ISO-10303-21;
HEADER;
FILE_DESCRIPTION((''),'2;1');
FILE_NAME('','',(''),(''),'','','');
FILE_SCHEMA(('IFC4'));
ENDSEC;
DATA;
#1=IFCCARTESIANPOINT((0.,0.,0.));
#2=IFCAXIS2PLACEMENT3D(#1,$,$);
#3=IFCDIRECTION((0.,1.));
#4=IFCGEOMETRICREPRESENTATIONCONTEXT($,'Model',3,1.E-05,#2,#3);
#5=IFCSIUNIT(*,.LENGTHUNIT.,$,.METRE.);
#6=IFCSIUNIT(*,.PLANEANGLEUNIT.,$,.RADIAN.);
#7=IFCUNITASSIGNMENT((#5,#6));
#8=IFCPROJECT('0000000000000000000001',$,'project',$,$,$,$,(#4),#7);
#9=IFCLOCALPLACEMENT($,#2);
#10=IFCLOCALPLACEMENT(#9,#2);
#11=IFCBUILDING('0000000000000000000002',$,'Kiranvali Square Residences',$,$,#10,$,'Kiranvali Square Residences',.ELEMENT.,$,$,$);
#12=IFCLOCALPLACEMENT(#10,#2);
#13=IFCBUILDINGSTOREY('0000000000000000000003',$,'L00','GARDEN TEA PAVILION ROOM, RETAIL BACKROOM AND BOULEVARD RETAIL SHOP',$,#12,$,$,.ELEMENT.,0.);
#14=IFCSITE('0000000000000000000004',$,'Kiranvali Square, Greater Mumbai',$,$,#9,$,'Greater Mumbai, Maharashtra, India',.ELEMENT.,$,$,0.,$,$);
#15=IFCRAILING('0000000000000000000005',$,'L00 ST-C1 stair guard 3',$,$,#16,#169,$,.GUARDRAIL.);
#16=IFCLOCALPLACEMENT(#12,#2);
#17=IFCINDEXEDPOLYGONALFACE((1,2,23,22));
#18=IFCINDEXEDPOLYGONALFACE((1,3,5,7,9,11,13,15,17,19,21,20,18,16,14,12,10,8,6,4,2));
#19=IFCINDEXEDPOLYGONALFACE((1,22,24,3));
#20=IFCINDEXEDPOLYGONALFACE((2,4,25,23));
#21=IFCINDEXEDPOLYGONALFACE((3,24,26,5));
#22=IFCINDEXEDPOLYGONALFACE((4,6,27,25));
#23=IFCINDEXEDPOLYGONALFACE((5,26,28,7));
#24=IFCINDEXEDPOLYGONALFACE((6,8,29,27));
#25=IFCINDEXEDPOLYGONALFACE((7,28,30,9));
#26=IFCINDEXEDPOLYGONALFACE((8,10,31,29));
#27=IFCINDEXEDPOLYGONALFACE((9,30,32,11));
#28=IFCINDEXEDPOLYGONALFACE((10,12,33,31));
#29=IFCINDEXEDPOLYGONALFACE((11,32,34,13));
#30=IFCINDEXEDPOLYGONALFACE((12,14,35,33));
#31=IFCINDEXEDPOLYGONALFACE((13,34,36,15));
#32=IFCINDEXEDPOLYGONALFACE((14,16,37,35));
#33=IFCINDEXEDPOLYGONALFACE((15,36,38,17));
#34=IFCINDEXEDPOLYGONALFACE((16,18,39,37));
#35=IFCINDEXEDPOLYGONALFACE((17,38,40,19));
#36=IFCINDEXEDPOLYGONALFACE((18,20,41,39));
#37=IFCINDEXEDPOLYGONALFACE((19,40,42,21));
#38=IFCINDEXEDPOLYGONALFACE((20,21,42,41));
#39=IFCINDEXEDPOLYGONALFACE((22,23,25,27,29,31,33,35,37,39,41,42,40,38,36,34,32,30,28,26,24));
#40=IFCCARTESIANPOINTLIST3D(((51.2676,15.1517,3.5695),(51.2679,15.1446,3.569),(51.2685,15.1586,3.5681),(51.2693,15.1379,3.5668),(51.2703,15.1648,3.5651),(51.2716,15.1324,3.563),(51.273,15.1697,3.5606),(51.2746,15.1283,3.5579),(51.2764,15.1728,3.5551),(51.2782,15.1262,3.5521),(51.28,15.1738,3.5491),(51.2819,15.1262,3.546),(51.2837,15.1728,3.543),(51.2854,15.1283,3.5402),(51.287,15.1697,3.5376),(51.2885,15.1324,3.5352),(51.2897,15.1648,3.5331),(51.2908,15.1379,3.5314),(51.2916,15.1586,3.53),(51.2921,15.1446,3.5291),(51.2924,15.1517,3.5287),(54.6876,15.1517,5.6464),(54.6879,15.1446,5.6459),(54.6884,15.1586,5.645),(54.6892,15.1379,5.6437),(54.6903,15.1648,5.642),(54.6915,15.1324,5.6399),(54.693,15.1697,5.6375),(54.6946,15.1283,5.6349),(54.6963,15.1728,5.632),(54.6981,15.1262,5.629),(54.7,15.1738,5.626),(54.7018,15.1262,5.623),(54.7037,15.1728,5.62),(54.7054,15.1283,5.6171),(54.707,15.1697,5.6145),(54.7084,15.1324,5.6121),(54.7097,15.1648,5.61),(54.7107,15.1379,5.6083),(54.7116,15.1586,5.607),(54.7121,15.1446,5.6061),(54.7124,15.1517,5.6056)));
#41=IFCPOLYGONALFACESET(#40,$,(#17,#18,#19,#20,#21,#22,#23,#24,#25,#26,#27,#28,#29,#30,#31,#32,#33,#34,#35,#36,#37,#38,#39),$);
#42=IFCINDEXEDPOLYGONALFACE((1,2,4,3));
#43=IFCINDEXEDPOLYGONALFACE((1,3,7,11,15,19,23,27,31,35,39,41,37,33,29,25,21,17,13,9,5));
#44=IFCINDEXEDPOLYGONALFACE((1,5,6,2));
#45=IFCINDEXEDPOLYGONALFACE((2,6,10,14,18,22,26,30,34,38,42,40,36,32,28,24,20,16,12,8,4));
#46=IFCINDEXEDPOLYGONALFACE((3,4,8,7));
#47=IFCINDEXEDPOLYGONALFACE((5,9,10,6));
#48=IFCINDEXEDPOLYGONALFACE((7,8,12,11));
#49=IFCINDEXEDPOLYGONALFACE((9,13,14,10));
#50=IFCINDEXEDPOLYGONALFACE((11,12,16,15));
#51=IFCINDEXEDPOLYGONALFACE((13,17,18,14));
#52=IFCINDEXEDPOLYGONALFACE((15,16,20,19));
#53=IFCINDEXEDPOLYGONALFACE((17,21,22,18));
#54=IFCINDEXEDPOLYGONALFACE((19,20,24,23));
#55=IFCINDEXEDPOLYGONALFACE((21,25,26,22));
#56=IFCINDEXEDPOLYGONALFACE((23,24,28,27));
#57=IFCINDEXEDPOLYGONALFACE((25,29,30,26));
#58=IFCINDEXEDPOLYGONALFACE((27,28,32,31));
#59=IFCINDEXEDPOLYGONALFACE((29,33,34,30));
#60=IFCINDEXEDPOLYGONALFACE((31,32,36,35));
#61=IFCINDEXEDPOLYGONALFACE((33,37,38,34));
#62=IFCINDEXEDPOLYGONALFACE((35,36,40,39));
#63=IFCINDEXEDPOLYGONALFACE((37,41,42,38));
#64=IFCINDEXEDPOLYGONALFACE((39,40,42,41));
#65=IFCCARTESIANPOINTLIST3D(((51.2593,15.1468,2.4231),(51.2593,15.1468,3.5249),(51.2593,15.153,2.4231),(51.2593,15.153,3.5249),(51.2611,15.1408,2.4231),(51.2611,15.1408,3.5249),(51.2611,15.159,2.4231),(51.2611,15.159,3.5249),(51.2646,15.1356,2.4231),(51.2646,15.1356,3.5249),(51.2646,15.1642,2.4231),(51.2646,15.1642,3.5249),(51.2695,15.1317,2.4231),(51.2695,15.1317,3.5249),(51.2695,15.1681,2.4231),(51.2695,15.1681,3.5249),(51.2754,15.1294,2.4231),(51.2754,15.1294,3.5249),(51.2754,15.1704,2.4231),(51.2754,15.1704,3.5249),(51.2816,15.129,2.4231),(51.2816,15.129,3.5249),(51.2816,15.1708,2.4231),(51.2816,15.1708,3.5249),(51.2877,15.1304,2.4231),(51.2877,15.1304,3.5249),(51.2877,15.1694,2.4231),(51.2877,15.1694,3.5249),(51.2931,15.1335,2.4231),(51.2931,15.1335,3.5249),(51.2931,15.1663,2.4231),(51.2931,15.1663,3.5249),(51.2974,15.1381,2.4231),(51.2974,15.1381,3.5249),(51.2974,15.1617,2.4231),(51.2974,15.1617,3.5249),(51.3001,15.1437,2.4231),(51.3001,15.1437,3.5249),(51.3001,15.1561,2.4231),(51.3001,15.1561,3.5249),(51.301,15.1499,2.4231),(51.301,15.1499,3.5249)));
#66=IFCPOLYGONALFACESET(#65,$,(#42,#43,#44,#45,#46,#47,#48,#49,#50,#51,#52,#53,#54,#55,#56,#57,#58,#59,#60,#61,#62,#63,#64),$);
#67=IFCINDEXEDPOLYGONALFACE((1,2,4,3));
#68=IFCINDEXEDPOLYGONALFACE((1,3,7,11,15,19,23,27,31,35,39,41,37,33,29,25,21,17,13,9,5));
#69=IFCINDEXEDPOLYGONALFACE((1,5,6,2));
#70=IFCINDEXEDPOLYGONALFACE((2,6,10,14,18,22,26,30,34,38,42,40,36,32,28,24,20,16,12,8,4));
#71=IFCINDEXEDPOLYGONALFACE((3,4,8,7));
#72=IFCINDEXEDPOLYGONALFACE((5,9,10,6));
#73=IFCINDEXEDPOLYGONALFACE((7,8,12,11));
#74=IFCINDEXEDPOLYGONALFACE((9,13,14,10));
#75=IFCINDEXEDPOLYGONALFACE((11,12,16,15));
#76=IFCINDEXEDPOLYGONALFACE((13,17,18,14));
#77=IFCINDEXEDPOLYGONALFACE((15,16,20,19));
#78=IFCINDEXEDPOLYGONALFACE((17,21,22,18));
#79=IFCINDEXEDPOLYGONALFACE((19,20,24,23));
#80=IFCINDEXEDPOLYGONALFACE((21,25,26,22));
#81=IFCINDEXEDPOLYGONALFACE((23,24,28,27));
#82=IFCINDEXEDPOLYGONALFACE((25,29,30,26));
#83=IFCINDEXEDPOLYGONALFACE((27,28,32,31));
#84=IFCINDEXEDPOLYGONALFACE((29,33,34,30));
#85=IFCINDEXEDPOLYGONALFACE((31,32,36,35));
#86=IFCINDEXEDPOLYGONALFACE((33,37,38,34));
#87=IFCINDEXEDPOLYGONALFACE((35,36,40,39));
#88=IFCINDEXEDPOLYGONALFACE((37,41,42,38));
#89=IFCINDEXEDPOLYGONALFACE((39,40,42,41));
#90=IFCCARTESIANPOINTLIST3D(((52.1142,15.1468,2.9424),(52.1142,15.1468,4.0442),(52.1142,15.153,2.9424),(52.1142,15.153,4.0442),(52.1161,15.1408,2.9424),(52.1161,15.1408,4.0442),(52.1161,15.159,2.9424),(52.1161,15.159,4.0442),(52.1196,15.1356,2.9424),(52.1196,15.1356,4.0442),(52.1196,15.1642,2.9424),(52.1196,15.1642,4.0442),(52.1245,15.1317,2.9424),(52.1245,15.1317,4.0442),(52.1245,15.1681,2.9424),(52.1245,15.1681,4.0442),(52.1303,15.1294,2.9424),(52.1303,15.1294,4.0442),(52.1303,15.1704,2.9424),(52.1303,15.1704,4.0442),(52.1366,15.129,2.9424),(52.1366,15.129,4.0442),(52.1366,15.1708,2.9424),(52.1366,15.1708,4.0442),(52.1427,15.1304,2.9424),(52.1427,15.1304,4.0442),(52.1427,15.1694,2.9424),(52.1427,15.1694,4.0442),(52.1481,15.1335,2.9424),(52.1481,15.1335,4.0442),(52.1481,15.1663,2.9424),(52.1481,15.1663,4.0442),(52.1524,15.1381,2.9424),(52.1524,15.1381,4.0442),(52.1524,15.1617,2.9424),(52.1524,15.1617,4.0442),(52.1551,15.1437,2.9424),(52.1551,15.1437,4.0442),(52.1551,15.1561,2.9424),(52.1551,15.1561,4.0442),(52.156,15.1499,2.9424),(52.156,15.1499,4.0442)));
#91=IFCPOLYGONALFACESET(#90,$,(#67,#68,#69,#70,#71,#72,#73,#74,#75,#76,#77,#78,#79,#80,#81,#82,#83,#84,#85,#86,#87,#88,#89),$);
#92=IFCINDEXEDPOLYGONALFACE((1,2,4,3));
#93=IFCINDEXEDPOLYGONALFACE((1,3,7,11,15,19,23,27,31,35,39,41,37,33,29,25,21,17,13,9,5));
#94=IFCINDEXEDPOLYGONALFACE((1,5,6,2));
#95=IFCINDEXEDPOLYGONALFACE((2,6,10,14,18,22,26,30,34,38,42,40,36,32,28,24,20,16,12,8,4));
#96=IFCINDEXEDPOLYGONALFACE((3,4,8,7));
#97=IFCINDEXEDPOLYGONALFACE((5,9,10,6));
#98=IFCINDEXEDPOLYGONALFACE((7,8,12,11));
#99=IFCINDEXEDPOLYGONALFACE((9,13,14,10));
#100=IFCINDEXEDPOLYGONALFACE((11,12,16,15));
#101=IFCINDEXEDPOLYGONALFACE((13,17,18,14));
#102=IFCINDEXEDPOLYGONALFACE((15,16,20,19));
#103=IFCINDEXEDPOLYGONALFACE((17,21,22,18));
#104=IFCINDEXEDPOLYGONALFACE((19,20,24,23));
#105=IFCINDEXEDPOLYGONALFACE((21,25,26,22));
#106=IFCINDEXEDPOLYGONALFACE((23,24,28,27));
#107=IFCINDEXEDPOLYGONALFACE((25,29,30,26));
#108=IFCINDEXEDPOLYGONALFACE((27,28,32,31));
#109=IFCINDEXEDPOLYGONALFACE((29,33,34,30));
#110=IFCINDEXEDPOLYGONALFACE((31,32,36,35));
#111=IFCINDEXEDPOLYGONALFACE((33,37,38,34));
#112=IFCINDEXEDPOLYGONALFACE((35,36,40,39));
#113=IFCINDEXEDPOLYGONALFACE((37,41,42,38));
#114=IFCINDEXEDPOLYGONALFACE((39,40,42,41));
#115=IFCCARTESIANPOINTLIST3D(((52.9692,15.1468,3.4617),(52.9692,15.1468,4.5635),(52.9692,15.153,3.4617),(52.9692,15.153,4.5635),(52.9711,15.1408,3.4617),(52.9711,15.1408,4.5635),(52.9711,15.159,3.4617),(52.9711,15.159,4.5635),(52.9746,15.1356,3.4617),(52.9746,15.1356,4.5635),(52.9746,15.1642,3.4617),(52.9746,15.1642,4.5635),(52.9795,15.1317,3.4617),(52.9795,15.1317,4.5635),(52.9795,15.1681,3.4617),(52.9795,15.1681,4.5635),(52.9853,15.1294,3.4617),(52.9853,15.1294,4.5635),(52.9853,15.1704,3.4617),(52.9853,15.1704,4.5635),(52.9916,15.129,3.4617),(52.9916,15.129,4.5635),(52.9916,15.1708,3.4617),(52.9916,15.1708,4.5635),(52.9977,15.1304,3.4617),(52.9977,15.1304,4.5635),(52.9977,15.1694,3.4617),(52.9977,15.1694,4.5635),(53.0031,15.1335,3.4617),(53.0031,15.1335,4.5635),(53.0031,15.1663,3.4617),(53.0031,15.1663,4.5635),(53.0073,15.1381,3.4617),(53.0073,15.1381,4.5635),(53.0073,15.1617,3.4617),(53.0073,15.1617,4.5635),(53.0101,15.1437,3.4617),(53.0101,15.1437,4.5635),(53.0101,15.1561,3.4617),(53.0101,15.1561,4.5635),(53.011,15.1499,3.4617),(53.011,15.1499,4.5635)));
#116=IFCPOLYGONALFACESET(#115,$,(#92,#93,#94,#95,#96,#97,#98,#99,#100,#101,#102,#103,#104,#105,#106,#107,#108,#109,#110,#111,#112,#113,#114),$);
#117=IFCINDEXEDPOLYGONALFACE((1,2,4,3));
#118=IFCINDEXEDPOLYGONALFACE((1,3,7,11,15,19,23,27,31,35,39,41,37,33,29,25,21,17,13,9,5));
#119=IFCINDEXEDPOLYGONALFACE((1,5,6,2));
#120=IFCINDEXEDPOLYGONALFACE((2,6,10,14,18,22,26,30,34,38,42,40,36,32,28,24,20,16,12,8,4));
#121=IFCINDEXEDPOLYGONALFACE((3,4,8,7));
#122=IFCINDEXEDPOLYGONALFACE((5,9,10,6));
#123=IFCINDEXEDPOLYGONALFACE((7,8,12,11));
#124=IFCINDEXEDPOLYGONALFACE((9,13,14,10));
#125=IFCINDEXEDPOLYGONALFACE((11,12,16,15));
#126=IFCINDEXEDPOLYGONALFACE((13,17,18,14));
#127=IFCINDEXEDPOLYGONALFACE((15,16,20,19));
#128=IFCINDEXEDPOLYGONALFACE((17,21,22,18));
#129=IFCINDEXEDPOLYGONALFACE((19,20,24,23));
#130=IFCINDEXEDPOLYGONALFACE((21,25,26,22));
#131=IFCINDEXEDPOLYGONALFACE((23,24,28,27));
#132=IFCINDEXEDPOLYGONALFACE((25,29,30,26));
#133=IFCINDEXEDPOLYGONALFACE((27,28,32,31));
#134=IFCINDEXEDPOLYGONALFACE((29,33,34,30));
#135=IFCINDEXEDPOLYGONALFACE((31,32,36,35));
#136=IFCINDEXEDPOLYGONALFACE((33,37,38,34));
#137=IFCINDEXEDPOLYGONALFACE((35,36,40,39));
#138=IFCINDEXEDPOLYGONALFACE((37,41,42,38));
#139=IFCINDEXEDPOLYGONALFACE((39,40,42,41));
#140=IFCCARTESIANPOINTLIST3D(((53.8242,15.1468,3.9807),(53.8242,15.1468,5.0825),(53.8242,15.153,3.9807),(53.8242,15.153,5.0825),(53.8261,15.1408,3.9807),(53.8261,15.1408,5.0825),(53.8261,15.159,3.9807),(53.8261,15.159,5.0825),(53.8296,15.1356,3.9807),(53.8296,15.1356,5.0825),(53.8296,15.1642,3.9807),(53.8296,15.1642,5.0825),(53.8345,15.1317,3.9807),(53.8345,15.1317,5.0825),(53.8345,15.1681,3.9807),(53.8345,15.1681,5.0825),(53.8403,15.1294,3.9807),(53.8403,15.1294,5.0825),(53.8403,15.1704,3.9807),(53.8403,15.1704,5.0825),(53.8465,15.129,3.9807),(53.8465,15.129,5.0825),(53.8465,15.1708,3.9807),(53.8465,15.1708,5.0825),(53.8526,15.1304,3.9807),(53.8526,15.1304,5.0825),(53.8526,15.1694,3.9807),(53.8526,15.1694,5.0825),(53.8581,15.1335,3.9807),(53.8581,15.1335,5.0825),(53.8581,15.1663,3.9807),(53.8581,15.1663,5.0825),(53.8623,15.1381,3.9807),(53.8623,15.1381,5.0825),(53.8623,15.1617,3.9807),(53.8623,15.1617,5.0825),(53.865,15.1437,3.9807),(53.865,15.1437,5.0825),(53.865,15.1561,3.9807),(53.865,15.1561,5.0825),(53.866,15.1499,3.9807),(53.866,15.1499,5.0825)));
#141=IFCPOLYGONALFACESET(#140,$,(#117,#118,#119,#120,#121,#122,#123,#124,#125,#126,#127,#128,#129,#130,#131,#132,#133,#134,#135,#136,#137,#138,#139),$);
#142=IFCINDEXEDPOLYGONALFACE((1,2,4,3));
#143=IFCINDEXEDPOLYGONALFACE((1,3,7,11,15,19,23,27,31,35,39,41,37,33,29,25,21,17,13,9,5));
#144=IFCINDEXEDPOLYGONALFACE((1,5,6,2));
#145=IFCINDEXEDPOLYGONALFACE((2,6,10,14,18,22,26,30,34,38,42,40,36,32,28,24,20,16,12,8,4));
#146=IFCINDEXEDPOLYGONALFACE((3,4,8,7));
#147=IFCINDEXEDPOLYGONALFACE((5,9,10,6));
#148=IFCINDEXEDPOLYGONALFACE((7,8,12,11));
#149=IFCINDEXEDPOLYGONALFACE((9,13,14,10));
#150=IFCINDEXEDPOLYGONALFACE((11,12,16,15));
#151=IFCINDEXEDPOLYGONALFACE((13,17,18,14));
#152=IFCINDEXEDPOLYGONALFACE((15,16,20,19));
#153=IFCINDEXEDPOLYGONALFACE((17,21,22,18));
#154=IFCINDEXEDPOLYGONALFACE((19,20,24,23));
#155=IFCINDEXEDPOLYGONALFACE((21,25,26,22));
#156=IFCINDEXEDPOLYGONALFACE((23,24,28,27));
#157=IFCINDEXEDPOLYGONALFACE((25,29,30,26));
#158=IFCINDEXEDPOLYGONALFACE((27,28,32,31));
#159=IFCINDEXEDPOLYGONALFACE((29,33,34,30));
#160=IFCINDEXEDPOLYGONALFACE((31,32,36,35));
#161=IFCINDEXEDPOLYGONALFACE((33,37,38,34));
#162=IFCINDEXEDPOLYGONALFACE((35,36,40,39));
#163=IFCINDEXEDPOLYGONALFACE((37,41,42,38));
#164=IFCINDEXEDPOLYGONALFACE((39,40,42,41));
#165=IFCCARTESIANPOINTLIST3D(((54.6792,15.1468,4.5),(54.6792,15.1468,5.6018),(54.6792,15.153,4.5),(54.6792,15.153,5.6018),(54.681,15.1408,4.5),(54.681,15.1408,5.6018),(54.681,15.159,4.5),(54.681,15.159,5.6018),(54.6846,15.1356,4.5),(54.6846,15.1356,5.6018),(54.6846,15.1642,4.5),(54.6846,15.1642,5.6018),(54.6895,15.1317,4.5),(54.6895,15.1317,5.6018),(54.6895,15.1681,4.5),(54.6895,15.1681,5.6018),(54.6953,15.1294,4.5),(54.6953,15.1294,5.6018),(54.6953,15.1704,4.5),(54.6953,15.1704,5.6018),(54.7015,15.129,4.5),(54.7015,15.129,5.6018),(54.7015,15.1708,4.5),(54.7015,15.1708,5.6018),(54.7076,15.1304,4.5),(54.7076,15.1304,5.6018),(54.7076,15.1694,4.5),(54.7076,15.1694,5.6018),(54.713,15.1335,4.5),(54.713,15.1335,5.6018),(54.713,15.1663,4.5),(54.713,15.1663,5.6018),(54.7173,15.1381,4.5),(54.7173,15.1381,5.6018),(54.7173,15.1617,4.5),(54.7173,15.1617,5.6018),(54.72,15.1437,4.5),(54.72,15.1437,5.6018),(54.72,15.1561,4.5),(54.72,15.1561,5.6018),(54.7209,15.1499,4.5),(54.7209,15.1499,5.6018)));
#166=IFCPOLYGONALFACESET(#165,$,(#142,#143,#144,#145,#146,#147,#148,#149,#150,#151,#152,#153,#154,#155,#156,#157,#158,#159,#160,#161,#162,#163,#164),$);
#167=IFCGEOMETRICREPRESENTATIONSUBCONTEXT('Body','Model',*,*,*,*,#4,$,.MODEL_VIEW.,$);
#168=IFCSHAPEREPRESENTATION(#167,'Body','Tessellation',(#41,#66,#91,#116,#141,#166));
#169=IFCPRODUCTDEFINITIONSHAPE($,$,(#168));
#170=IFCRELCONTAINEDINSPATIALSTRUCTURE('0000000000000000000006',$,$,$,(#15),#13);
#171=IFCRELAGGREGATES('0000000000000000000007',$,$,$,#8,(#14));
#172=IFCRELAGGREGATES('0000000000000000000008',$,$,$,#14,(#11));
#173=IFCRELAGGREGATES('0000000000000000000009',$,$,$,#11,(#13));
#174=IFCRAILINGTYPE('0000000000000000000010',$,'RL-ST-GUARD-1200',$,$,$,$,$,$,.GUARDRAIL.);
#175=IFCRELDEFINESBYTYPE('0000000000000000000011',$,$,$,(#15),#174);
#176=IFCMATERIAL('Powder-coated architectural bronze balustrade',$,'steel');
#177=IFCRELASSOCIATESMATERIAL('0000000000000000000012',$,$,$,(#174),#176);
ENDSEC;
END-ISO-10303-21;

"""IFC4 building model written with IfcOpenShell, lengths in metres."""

from ifc_helpers import new_model, si_unit, direction, frame, origin, origin_2d, place, context, subcontext, project, spatial, circle, extrude, material, type_object, element, save


model = new_model("IFC4")

# Units and contexts
model_context = context("Model", 3, precision=1e-05, world=origin(), true_north=direction((0.0, 1.0)))
body_context = subcontext(model_context, "Body", "Model", "MODEL_VIEW")
ifc_project = project(units=[si_unit("LENGTHUNIT", "METRE"), si_unit("PLANEANGLEUNIT", "RADIAN")], contexts=[model_context])

# Site, building, storey
site_placement = place(None, origin())
site = spatial("IfcSite", under=ifc_project, at=site_placement, Name="Kiranvali Square, Greater Mumbai", LongName="Greater Mumbai, Maharashtra, India", CompositionType="ELEMENT", RefElevation=0.0)
building_placement = place(site_placement, origin())
building = spatial("IfcBuilding", under=site, at=building_placement, Name="Kiranvali Square Residences", LongName="Kiranvali Square Residences", CompositionType="ELEMENT")
storey_placement = place(building_placement, origin())
storey = spatial("IfcBuildingStorey", under=building, at=storey_placement, Name="L00", Description="GARDEN TEA PAVILION ROOM, RETAIL BACKROOM AND BOULEVARD RETAIL SHOP", CompositionType="ELEMENT", Elevation=0.0)

# Railing
ifc_material_1 = material(Name="Powder-coated architectural bronze balustrade", Category="steel")
railing_type_1 = type_object("IfcRailingType", Name="RL-ST-GUARD-1200", PredefinedType="GUARDRAIL", material=ifc_material_1)
railing_1_placement = place(storey_placement, frame((51.28, 15.1499, 2.4231)))
element("IfcRailing", 1, at=railing_1_placement, inside=storey, type_object=railing_type_1, Name="L00 ST-C1 stair guard 3", PredefinedType="GUARDRAIL", context=body_context, shape_type="SweptSolid", body=[
    extrude(circle(Radius=0.0239, at=origin_2d()), frame((0.0, 0.0, 1.126), z_axis=(0.85473, 0.0, 0.519074), x_axis=(0.0, 1.0, 0.0)), (0.0, 0.0, 1.0), 4.0012),
    extrude(circle(Radius=0.021, at=origin_2d()), origin(), (0.0, 0.0, 1.0), 1.1018),
    extrude(circle(Radius=0.021, at=origin_2d()), frame((0.855, 0.0, 0.5193)), (0.0, 0.0, 1.0), 1.1018),
    extrude(circle(Radius=0.021, at=origin_2d()), frame((1.71, 0.0, 1.0386)), (0.0, 0.0, 1.0), 1.1018),
    extrude(circle(Radius=0.021, at=origin_2d()), frame((2.5649, 0.0, 1.5576)), (0.0, 0.0, 1.0), 1.1018),
    extrude(circle(Radius=0.021, at=origin_2d()), frame((3.4199, 0.0, 2.0769)), (0.0, 0.0, 1.0), 1.1018),
])

save(model, "model.ifc")
